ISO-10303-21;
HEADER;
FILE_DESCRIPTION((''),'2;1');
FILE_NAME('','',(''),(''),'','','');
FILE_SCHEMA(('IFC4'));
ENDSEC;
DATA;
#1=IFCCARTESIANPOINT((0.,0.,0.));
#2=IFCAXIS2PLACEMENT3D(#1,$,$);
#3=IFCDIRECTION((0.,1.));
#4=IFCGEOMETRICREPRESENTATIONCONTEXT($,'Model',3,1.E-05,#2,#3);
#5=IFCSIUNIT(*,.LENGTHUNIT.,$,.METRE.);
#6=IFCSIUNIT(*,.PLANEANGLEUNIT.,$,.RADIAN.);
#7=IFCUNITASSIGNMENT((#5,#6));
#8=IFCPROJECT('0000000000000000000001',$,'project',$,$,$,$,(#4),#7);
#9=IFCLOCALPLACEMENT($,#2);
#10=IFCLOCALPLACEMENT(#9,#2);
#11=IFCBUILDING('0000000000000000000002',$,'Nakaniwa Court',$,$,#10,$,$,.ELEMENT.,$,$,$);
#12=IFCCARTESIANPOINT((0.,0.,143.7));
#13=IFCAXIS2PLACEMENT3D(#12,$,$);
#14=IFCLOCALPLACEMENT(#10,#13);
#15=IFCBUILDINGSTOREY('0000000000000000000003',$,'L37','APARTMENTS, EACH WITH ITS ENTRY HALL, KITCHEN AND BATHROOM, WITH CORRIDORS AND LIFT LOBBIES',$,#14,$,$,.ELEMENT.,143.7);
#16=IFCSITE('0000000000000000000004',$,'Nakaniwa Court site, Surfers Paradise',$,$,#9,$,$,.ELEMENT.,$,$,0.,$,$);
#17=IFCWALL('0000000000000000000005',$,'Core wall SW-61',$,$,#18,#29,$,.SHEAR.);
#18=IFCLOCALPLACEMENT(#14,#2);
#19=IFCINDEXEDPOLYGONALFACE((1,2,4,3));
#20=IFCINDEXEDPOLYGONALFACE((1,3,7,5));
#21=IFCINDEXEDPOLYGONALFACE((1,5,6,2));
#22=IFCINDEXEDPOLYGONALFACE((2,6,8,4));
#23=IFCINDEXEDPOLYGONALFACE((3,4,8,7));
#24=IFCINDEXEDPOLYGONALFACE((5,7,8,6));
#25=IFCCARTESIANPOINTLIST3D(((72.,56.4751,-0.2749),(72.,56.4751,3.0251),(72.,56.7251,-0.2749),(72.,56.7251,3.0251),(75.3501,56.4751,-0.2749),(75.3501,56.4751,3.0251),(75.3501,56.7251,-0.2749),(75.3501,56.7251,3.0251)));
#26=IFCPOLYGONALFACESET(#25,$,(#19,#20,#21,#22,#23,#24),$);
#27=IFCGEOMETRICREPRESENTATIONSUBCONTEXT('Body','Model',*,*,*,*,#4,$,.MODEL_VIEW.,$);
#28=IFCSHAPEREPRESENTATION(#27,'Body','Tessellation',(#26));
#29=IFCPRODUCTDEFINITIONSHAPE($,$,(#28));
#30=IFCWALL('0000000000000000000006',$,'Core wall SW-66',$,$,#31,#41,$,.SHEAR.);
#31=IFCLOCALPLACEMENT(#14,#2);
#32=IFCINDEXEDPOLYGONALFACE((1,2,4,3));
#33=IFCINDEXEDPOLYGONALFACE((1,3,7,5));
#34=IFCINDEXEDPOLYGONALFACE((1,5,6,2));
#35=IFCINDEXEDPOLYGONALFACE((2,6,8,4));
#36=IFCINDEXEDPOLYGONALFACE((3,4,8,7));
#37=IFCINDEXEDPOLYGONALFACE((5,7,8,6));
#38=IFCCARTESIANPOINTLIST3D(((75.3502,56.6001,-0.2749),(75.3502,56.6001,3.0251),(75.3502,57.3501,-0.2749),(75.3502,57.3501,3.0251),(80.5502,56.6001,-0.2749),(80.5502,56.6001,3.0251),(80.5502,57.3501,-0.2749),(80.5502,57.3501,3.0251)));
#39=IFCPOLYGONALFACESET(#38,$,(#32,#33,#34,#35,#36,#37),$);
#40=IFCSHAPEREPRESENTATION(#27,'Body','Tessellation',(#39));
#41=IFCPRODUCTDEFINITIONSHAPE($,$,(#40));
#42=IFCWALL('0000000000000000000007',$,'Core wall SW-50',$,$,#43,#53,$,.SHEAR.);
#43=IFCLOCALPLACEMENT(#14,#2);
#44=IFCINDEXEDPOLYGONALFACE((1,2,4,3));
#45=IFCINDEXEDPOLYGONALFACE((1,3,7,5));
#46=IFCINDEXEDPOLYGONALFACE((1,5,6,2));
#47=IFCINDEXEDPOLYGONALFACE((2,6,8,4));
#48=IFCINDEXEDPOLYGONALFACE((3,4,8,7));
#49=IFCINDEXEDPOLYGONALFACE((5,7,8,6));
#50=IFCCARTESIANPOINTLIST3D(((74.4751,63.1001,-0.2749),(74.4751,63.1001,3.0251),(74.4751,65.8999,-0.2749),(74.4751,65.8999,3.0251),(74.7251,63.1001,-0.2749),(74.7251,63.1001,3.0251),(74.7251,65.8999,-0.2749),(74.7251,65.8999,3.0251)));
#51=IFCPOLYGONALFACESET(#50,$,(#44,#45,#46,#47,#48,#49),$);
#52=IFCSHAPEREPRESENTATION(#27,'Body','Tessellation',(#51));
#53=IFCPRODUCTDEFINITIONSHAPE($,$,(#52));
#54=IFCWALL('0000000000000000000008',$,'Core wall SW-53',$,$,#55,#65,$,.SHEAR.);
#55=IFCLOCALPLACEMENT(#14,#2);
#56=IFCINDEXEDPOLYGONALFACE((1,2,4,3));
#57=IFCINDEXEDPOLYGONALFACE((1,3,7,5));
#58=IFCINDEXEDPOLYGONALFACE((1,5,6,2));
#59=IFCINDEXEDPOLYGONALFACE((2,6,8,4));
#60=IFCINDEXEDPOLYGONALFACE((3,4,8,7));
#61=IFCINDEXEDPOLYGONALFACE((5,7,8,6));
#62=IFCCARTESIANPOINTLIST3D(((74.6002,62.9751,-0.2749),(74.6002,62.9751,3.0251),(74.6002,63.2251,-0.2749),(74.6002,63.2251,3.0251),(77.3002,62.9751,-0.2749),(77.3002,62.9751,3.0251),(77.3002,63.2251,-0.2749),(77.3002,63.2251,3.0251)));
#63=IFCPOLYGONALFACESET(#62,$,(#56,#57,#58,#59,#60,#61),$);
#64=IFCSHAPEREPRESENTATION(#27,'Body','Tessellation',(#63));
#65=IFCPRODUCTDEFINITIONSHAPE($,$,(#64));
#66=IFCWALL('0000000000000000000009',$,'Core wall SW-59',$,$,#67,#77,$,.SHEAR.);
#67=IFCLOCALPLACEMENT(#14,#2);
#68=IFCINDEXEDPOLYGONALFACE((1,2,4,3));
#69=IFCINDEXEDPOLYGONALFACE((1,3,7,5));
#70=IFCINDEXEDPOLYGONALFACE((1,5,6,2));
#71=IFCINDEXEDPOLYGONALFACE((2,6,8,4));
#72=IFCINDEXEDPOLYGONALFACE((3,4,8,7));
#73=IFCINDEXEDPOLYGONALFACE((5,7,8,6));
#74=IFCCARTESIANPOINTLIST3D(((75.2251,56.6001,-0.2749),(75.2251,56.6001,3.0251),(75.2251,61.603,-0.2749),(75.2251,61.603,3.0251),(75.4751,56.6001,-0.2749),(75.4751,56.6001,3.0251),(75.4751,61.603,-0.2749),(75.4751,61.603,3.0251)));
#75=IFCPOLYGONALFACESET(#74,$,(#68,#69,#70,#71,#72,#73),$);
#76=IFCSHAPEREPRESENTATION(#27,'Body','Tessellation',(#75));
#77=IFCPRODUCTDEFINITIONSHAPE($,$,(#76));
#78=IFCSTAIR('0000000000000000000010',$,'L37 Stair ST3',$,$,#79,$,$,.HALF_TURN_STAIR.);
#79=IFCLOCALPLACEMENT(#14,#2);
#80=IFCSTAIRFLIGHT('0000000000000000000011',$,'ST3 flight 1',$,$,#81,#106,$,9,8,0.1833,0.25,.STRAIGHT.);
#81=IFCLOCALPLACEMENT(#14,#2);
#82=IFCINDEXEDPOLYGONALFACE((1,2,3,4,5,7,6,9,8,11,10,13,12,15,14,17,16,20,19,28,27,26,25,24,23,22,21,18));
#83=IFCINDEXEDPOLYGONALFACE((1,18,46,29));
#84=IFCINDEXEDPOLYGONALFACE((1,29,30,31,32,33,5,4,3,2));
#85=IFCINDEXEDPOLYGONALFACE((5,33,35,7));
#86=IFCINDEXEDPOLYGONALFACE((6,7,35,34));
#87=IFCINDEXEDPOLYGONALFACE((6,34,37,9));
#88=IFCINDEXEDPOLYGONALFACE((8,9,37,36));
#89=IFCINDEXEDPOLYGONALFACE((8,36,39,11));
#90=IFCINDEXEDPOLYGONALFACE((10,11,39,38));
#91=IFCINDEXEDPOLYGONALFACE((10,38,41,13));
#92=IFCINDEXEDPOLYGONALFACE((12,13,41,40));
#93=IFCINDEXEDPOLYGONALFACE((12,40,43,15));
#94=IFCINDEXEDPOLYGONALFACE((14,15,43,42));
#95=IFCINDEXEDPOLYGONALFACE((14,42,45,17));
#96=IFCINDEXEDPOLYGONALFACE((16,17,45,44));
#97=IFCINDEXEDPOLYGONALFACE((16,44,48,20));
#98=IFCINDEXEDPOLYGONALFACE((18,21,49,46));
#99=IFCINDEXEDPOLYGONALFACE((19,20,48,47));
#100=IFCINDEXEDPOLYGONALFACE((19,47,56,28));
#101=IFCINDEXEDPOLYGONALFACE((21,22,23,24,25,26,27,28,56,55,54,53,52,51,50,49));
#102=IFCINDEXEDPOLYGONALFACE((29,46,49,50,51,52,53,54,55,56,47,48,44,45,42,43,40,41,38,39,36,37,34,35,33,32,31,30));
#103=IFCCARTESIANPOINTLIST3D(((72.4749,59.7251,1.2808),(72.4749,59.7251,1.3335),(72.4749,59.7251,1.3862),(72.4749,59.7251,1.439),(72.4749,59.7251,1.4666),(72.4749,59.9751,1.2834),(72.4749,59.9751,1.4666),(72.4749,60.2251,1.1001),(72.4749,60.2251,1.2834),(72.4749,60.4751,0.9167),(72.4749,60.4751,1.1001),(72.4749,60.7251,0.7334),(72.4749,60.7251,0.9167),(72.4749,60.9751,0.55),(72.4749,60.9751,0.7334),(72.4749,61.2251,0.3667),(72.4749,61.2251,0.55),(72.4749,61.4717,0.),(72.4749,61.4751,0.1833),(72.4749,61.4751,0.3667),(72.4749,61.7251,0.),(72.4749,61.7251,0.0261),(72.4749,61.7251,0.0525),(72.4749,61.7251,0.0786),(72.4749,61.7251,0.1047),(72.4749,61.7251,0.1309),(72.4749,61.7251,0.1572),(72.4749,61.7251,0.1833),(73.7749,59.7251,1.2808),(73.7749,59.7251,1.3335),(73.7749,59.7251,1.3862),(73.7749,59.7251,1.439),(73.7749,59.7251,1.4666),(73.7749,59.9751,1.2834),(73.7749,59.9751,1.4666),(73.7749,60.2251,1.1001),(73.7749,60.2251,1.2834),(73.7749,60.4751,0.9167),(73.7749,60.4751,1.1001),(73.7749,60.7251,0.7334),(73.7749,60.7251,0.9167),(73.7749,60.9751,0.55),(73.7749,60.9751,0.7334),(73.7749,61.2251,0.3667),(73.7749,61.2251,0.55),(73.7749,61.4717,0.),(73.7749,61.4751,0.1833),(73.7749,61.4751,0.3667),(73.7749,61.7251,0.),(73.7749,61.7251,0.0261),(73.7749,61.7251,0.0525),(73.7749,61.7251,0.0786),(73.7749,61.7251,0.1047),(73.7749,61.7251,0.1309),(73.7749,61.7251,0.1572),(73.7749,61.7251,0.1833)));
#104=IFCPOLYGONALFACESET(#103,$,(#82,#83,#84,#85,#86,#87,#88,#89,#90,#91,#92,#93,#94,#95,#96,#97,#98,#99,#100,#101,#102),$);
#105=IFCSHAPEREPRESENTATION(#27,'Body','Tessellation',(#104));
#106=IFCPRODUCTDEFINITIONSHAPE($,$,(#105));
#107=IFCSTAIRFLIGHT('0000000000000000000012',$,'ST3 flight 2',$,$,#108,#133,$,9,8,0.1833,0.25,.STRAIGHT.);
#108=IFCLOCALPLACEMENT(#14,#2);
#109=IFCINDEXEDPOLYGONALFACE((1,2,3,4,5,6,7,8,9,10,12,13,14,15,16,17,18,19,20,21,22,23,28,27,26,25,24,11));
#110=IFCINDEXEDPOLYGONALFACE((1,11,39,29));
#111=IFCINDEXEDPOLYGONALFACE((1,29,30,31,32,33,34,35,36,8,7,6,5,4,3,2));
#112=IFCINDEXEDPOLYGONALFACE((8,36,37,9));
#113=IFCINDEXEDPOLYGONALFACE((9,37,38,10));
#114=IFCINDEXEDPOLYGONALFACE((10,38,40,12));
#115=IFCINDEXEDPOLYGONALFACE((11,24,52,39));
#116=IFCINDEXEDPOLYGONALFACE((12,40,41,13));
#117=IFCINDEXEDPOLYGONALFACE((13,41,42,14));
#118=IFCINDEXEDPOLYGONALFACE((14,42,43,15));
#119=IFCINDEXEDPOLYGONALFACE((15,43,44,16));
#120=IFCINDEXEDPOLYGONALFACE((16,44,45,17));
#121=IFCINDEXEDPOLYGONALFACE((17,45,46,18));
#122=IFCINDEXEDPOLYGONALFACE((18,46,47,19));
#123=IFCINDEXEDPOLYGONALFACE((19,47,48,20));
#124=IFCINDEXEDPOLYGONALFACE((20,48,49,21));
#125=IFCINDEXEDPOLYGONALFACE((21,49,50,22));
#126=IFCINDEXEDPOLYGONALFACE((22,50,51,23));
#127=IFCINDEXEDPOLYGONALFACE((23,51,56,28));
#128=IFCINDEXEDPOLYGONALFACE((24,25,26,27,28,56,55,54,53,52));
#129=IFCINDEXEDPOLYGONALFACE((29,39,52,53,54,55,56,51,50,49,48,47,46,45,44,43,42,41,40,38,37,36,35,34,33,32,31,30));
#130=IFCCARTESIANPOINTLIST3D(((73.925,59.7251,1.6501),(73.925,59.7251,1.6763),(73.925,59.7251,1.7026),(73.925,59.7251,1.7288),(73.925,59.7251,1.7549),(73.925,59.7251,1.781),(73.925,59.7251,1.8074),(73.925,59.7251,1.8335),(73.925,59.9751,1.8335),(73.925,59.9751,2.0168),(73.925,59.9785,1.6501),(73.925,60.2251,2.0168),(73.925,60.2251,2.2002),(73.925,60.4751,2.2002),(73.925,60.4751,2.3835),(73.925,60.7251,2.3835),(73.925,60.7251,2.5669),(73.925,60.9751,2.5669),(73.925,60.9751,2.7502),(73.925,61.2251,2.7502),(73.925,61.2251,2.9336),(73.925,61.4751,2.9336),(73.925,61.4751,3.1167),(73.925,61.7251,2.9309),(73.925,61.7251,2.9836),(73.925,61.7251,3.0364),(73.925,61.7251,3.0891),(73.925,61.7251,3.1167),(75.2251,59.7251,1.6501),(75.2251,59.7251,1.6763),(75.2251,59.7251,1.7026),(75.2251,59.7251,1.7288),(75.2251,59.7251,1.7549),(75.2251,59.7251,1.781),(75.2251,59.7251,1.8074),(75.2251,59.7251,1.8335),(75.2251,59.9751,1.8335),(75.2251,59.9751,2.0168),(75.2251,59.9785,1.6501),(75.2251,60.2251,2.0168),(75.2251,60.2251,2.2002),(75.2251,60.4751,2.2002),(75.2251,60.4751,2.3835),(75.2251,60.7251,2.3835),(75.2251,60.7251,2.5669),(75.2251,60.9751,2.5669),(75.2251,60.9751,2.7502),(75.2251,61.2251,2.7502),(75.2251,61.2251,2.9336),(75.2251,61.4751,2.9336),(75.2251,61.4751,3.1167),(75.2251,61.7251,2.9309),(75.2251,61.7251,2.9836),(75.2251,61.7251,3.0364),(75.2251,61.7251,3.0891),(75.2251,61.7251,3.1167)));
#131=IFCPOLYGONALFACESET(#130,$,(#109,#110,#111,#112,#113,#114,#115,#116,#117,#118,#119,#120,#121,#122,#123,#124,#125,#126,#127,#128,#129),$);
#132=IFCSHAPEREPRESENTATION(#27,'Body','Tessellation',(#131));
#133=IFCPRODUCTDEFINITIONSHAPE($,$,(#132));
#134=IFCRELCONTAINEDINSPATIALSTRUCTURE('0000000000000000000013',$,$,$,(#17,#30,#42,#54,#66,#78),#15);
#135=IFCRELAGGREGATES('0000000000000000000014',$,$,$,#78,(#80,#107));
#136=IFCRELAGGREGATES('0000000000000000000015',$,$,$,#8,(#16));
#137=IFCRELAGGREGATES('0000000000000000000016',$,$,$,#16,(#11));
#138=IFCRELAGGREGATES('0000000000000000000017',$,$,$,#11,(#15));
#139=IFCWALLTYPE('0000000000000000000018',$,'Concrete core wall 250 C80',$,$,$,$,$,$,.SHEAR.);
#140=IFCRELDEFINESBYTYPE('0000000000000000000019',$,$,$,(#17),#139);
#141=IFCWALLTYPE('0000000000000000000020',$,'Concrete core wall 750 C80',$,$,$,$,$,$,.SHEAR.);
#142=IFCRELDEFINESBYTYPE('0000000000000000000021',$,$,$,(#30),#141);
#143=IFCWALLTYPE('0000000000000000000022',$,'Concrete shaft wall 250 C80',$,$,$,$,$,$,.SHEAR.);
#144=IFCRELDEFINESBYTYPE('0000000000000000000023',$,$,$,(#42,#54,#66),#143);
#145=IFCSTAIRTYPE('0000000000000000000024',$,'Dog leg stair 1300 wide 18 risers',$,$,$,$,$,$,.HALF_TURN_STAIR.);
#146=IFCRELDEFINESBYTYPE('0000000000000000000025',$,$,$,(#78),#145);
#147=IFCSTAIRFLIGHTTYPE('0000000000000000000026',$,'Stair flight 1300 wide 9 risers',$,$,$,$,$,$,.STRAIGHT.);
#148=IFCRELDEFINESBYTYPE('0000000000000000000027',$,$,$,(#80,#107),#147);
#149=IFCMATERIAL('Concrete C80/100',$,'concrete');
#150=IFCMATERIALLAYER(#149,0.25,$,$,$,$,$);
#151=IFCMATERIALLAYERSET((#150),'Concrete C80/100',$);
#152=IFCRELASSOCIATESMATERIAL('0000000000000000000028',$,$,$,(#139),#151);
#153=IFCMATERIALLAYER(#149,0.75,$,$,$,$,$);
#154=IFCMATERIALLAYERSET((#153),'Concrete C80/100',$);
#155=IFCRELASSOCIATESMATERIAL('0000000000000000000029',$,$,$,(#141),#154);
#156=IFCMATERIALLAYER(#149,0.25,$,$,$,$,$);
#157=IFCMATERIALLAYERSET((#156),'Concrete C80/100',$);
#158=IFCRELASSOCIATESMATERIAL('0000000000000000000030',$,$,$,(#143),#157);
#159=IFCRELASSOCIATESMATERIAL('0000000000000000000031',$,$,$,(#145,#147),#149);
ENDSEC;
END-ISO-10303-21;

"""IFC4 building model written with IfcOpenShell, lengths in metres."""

from ifc_helpers import new_model, si_unit, direction, frame, frame_2d, origin, place, context, subcontext, project, spatial, polyline, rectangle, outline, extrude, material, layer, layer_set, type_object, element, aggregate, save


model = new_model("IFC4")

# Units and contexts
model_context = context("Model", 3, precision=1e-05, world=origin(), true_north=direction((0.0, 1.0)))
body_context = subcontext(model_context, "Body", "Model", "MODEL_VIEW")
ifc_project = project(units=[si_unit("LENGTHUNIT", "METRE"), si_unit("PLANEANGLEUNIT", "RADIAN")], contexts=[model_context])

# Site, building, storey
site_placement = place(None, origin())
site = spatial("IfcSite", under=ifc_project, at=site_placement, Name="Nakaniwa Court site, Surfers Paradise", CompositionType="ELEMENT", RefElevation=0.0)
building_placement = place(site_placement, origin())
building = spatial("IfcBuilding", under=site, at=building_placement, Name="Nakaniwa Court", CompositionType="ELEMENT")
storey_placement = place(building_placement, frame((0.0, 0.0, 143.7)))
storey = spatial("IfcBuildingStorey", under=building, at=storey_placement, Name="L37", Description="APARTMENTS, EACH WITH ITS ENTRY HALL, KITCHEN AND BATHROOM, WITH CORRIDORS AND LIFT LOBBIES", CompositionType="ELEMENT", Elevation=143.7)

# Shared definitions
ifc_material_1 = material(Name="Concrete C80/100", Category="concrete")

# Walls
ifc_layer_1 = layer(ifc_material_1, 0.25)
ifc_layer_set_1 = layer_set([ifc_layer_1], Name="Concrete C80/100")
wall_type_1 = type_object("IfcWallType", Name="Concrete core wall 250 C80", PredefinedType="SHEAR", material=ifc_layer_set_1)
wall_1_placement = place(storey_placement, frame((72.0, 56.6001, -0.2749), z_axis=(0.0, 0.0, 1.0), x_axis=(1.0, 0.0, 0.0)))
element("IfcWall", 1, at=wall_1_placement, inside=storey, type_object=wall_type_1, Name="Core wall SW-61", PredefinedType="SHEAR", context=body_context, shape_type="SweptSolid", body=[
    extrude(rectangle(XDim=3.3501, YDim=0.25, at=frame_2d((1.675, 0.0))), origin(), (0.0, 0.0, 1.0), 3.3),
])
ifc_layer_2 = layer(ifc_material_1, 0.75)
ifc_layer_set_2 = layer_set([ifc_layer_2], Name="Concrete C80/100")
wall_type_2 = type_object("IfcWallType", Name="Concrete core wall 750 C80", PredefinedType="SHEAR", material=ifc_layer_set_2)
wall_2_placement = place(storey_placement, frame((75.3501, 56.9751, -0.2749), z_axis=(0.0, 0.0, 1.0), x_axis=(1.0, 0.0, 0.0)))
element("IfcWall", 2, at=wall_2_placement, inside=storey, type_object=wall_type_2, Name="Core wall SW-66", PredefinedType="SHEAR", context=body_context, shape_type="SweptSolid", body=[
    extrude(rectangle(XDim=5.2, YDim=0.75, at=frame_2d((2.6001, 0.0))), origin(), (0.0, 0.0, 1.0), 3.3),
])
ifc_layer_3 = layer(ifc_material_1, 0.25)
ifc_layer_set_3 = layer_set([ifc_layer_3], Name="Concrete C80/100")
wall_type_3 = type_object("IfcWallType", Name="Concrete shaft wall 250 C80", PredefinedType="SHEAR", material=ifc_layer_set_3)
wall_3_placement = place(storey_placement, frame((74.6001, 63.1001, -0.2749), z_axis=(0.0, 0.0, 1.0), x_axis=(0.0, 1.0, 0.0)))
element("IfcWall", 3, at=wall_3_placement, inside=storey, type_object=wall_type_3, Name="Core wall SW-50", PredefinedType="SHEAR", context=body_context, shape_type="SweptSolid", body=[
    extrude(rectangle(XDim=2.7998, YDim=0.25, at=frame_2d((1.3999, 0.0))), origin(), (0.0, 0.0, 1.0), 3.3),
])
wall_4_placement = place(storey_placement, frame((74.6001, 63.1001, -0.2749), z_axis=(0.0, 0.0, 1.0), x_axis=(1.0, 0.0, 0.0)))
element("IfcWall", 4, at=wall_4_placement, inside=storey, type_object=wall_type_3, Name="Core wall SW-53", PredefinedType="SHEAR", context=body_context, shape_type="SweptSolid", body=[
    extrude(rectangle(XDim=2.7, YDim=0.25, at=frame_2d((1.3501, 0.0))), origin(), (0.0, 0.0, 1.0), 3.3),
])
wall_5_placement = place(storey_placement, frame((75.3501, 56.6001, -0.2749), z_axis=(0.0, 0.0, 1.0), x_axis=(0.0, 1.0, 0.0)))
element("IfcWall", 5, at=wall_5_placement, inside=storey, type_object=wall_type_3, Name="Core wall SW-59", PredefinedType="SHEAR", context=body_context, shape_type="SweptSolid", body=[
    extrude(rectangle(XDim=5.0029, YDim=0.25, at=frame_2d((2.5015, 0.0))), origin(), (0.0, 0.0, 1.0), 3.3),
])

# Stair, stair flights
stair_type = type_object("IfcStairType", Name="Dog leg stair 1300 wide 18 risers", PredefinedType="HALF_TURN_STAIR", material=ifc_material_1)
stair_placement = place(storey_placement, origin())
stair = element("IfcStair", 6, at=stair_placement, inside=storey, type_object=stair_type, Name="L37 Stair ST3", PredefinedType="HALF_TURN_STAIR")
stair_flight_type = type_object("IfcStairFlightType", Name="Stair flight 1300 wide 9 risers", PredefinedType="STRAIGHT", material=ifc_material_1)
stair_flight_1_placement = place(storey_placement, frame((73.125, 61.7251, 0.0), z_axis=(0.0, 0.0, 1.0), x_axis=(0.0, -1.0, 0.0)))
stair_flight_1 = element("IfcStairFlight", 7, at=stair_flight_1_placement, type_object=stair_flight_type, Name="ST3 flight 1", NumberOfRisers=9, NumberOfTreads=8, PredefinedType="STRAIGHT", RiserHeight=0.1833, TreadLength=0.25, context=body_context, shape_type="SweptSolid", body=[
    extrude(outline(polyline([(0.0, 0.0), (0.0, 0.0261), (0.0, 0.0525), (0.0, 0.0786), (0.0, 0.1047), (0.0, 0.1309), (0.0, 0.1572), (0.0, 0.1833), (0.25, 0.1833), (0.25, 0.3667), (0.5, 0.3667), (0.5, 0.55), (0.75, 0.55), (0.75, 0.7334), (1.0, 0.7334), (1.0, 0.9167), (1.25, 0.9167), (1.25, 1.1001), (1.5, 1.1001), (1.5, 1.2834), (1.75, 1.2834), (1.75, 1.4666), (2.0, 1.4666), (2.0, 1.6499), (2.0, 1.5972), (2.0, 1.5444), (2.0, 1.4917), (2.0, 1.439), (2.0, 1.3862), (2.0, 1.3335), (2.0, 1.2808), (0.2534, 0.0), (0.0, 0.0)])), frame((0.0, 0.6499, 0.0), z_axis=(0.0, -1.0, 0.0), x_axis=(1.0, 0.0, 0.0)), (0.0, 0.0, 1.0), 1.3),
])
stair_flight_2_placement = place(storey_placement, frame((74.575, 59.7251, 1.6501), z_axis=(0.0, 0.0, 1.0), x_axis=(0.0, 1.0, 0.0)))
stair_flight_2 = element("IfcStairFlight", 8, at=stair_flight_2_placement, type_object=stair_flight_type, Name="ST3 flight 2", NumberOfRisers=9, NumberOfTreads=8, PredefinedType="STRAIGHT", RiserHeight=0.1833, TreadLength=0.25, context=body_context, shape_type="SweptSolid", body=[
    extrude(outline(polyline([(0.0, 0.0), (0.0, 0.0261), (0.0, 0.0525), (0.0, 0.0786), (0.0, 0.1047), (0.0, 0.1309), (0.0, 0.1572), (0.0, 0.1833), (0.25, 0.1833), (0.25, 0.3667), (0.5, 0.3667), (0.5, 0.55), (0.75, 0.55), (0.75, 0.7334), (1.0, 0.7334), (1.0, 0.9167), (1.25, 0.9167), (1.25, 1.1001), (1.5, 1.1001), (1.5, 1.2834), (1.75, 1.2834), (1.75, 1.4666), (2.0, 1.4666), (2.0, 1.6499), (2.0, 1.5972), (2.0, 1.5444), (2.0, 1.4917), (2.0, 1.439), (2.0, 1.3862), (2.0, 1.3335), (2.0, 1.2808), (0.2534, 0.0), (0.0, 0.0)])), frame((0.0, 0.6499, 0.0), z_axis=(0.0, -1.0, 0.0), x_axis=(1.0, 0.0, 0.0)), (0.0, 0.0, 1.0), 1.3),
])
aggregate(stair, [stair_flight_1, stair_flight_2])

save(model, "model.ifc")
